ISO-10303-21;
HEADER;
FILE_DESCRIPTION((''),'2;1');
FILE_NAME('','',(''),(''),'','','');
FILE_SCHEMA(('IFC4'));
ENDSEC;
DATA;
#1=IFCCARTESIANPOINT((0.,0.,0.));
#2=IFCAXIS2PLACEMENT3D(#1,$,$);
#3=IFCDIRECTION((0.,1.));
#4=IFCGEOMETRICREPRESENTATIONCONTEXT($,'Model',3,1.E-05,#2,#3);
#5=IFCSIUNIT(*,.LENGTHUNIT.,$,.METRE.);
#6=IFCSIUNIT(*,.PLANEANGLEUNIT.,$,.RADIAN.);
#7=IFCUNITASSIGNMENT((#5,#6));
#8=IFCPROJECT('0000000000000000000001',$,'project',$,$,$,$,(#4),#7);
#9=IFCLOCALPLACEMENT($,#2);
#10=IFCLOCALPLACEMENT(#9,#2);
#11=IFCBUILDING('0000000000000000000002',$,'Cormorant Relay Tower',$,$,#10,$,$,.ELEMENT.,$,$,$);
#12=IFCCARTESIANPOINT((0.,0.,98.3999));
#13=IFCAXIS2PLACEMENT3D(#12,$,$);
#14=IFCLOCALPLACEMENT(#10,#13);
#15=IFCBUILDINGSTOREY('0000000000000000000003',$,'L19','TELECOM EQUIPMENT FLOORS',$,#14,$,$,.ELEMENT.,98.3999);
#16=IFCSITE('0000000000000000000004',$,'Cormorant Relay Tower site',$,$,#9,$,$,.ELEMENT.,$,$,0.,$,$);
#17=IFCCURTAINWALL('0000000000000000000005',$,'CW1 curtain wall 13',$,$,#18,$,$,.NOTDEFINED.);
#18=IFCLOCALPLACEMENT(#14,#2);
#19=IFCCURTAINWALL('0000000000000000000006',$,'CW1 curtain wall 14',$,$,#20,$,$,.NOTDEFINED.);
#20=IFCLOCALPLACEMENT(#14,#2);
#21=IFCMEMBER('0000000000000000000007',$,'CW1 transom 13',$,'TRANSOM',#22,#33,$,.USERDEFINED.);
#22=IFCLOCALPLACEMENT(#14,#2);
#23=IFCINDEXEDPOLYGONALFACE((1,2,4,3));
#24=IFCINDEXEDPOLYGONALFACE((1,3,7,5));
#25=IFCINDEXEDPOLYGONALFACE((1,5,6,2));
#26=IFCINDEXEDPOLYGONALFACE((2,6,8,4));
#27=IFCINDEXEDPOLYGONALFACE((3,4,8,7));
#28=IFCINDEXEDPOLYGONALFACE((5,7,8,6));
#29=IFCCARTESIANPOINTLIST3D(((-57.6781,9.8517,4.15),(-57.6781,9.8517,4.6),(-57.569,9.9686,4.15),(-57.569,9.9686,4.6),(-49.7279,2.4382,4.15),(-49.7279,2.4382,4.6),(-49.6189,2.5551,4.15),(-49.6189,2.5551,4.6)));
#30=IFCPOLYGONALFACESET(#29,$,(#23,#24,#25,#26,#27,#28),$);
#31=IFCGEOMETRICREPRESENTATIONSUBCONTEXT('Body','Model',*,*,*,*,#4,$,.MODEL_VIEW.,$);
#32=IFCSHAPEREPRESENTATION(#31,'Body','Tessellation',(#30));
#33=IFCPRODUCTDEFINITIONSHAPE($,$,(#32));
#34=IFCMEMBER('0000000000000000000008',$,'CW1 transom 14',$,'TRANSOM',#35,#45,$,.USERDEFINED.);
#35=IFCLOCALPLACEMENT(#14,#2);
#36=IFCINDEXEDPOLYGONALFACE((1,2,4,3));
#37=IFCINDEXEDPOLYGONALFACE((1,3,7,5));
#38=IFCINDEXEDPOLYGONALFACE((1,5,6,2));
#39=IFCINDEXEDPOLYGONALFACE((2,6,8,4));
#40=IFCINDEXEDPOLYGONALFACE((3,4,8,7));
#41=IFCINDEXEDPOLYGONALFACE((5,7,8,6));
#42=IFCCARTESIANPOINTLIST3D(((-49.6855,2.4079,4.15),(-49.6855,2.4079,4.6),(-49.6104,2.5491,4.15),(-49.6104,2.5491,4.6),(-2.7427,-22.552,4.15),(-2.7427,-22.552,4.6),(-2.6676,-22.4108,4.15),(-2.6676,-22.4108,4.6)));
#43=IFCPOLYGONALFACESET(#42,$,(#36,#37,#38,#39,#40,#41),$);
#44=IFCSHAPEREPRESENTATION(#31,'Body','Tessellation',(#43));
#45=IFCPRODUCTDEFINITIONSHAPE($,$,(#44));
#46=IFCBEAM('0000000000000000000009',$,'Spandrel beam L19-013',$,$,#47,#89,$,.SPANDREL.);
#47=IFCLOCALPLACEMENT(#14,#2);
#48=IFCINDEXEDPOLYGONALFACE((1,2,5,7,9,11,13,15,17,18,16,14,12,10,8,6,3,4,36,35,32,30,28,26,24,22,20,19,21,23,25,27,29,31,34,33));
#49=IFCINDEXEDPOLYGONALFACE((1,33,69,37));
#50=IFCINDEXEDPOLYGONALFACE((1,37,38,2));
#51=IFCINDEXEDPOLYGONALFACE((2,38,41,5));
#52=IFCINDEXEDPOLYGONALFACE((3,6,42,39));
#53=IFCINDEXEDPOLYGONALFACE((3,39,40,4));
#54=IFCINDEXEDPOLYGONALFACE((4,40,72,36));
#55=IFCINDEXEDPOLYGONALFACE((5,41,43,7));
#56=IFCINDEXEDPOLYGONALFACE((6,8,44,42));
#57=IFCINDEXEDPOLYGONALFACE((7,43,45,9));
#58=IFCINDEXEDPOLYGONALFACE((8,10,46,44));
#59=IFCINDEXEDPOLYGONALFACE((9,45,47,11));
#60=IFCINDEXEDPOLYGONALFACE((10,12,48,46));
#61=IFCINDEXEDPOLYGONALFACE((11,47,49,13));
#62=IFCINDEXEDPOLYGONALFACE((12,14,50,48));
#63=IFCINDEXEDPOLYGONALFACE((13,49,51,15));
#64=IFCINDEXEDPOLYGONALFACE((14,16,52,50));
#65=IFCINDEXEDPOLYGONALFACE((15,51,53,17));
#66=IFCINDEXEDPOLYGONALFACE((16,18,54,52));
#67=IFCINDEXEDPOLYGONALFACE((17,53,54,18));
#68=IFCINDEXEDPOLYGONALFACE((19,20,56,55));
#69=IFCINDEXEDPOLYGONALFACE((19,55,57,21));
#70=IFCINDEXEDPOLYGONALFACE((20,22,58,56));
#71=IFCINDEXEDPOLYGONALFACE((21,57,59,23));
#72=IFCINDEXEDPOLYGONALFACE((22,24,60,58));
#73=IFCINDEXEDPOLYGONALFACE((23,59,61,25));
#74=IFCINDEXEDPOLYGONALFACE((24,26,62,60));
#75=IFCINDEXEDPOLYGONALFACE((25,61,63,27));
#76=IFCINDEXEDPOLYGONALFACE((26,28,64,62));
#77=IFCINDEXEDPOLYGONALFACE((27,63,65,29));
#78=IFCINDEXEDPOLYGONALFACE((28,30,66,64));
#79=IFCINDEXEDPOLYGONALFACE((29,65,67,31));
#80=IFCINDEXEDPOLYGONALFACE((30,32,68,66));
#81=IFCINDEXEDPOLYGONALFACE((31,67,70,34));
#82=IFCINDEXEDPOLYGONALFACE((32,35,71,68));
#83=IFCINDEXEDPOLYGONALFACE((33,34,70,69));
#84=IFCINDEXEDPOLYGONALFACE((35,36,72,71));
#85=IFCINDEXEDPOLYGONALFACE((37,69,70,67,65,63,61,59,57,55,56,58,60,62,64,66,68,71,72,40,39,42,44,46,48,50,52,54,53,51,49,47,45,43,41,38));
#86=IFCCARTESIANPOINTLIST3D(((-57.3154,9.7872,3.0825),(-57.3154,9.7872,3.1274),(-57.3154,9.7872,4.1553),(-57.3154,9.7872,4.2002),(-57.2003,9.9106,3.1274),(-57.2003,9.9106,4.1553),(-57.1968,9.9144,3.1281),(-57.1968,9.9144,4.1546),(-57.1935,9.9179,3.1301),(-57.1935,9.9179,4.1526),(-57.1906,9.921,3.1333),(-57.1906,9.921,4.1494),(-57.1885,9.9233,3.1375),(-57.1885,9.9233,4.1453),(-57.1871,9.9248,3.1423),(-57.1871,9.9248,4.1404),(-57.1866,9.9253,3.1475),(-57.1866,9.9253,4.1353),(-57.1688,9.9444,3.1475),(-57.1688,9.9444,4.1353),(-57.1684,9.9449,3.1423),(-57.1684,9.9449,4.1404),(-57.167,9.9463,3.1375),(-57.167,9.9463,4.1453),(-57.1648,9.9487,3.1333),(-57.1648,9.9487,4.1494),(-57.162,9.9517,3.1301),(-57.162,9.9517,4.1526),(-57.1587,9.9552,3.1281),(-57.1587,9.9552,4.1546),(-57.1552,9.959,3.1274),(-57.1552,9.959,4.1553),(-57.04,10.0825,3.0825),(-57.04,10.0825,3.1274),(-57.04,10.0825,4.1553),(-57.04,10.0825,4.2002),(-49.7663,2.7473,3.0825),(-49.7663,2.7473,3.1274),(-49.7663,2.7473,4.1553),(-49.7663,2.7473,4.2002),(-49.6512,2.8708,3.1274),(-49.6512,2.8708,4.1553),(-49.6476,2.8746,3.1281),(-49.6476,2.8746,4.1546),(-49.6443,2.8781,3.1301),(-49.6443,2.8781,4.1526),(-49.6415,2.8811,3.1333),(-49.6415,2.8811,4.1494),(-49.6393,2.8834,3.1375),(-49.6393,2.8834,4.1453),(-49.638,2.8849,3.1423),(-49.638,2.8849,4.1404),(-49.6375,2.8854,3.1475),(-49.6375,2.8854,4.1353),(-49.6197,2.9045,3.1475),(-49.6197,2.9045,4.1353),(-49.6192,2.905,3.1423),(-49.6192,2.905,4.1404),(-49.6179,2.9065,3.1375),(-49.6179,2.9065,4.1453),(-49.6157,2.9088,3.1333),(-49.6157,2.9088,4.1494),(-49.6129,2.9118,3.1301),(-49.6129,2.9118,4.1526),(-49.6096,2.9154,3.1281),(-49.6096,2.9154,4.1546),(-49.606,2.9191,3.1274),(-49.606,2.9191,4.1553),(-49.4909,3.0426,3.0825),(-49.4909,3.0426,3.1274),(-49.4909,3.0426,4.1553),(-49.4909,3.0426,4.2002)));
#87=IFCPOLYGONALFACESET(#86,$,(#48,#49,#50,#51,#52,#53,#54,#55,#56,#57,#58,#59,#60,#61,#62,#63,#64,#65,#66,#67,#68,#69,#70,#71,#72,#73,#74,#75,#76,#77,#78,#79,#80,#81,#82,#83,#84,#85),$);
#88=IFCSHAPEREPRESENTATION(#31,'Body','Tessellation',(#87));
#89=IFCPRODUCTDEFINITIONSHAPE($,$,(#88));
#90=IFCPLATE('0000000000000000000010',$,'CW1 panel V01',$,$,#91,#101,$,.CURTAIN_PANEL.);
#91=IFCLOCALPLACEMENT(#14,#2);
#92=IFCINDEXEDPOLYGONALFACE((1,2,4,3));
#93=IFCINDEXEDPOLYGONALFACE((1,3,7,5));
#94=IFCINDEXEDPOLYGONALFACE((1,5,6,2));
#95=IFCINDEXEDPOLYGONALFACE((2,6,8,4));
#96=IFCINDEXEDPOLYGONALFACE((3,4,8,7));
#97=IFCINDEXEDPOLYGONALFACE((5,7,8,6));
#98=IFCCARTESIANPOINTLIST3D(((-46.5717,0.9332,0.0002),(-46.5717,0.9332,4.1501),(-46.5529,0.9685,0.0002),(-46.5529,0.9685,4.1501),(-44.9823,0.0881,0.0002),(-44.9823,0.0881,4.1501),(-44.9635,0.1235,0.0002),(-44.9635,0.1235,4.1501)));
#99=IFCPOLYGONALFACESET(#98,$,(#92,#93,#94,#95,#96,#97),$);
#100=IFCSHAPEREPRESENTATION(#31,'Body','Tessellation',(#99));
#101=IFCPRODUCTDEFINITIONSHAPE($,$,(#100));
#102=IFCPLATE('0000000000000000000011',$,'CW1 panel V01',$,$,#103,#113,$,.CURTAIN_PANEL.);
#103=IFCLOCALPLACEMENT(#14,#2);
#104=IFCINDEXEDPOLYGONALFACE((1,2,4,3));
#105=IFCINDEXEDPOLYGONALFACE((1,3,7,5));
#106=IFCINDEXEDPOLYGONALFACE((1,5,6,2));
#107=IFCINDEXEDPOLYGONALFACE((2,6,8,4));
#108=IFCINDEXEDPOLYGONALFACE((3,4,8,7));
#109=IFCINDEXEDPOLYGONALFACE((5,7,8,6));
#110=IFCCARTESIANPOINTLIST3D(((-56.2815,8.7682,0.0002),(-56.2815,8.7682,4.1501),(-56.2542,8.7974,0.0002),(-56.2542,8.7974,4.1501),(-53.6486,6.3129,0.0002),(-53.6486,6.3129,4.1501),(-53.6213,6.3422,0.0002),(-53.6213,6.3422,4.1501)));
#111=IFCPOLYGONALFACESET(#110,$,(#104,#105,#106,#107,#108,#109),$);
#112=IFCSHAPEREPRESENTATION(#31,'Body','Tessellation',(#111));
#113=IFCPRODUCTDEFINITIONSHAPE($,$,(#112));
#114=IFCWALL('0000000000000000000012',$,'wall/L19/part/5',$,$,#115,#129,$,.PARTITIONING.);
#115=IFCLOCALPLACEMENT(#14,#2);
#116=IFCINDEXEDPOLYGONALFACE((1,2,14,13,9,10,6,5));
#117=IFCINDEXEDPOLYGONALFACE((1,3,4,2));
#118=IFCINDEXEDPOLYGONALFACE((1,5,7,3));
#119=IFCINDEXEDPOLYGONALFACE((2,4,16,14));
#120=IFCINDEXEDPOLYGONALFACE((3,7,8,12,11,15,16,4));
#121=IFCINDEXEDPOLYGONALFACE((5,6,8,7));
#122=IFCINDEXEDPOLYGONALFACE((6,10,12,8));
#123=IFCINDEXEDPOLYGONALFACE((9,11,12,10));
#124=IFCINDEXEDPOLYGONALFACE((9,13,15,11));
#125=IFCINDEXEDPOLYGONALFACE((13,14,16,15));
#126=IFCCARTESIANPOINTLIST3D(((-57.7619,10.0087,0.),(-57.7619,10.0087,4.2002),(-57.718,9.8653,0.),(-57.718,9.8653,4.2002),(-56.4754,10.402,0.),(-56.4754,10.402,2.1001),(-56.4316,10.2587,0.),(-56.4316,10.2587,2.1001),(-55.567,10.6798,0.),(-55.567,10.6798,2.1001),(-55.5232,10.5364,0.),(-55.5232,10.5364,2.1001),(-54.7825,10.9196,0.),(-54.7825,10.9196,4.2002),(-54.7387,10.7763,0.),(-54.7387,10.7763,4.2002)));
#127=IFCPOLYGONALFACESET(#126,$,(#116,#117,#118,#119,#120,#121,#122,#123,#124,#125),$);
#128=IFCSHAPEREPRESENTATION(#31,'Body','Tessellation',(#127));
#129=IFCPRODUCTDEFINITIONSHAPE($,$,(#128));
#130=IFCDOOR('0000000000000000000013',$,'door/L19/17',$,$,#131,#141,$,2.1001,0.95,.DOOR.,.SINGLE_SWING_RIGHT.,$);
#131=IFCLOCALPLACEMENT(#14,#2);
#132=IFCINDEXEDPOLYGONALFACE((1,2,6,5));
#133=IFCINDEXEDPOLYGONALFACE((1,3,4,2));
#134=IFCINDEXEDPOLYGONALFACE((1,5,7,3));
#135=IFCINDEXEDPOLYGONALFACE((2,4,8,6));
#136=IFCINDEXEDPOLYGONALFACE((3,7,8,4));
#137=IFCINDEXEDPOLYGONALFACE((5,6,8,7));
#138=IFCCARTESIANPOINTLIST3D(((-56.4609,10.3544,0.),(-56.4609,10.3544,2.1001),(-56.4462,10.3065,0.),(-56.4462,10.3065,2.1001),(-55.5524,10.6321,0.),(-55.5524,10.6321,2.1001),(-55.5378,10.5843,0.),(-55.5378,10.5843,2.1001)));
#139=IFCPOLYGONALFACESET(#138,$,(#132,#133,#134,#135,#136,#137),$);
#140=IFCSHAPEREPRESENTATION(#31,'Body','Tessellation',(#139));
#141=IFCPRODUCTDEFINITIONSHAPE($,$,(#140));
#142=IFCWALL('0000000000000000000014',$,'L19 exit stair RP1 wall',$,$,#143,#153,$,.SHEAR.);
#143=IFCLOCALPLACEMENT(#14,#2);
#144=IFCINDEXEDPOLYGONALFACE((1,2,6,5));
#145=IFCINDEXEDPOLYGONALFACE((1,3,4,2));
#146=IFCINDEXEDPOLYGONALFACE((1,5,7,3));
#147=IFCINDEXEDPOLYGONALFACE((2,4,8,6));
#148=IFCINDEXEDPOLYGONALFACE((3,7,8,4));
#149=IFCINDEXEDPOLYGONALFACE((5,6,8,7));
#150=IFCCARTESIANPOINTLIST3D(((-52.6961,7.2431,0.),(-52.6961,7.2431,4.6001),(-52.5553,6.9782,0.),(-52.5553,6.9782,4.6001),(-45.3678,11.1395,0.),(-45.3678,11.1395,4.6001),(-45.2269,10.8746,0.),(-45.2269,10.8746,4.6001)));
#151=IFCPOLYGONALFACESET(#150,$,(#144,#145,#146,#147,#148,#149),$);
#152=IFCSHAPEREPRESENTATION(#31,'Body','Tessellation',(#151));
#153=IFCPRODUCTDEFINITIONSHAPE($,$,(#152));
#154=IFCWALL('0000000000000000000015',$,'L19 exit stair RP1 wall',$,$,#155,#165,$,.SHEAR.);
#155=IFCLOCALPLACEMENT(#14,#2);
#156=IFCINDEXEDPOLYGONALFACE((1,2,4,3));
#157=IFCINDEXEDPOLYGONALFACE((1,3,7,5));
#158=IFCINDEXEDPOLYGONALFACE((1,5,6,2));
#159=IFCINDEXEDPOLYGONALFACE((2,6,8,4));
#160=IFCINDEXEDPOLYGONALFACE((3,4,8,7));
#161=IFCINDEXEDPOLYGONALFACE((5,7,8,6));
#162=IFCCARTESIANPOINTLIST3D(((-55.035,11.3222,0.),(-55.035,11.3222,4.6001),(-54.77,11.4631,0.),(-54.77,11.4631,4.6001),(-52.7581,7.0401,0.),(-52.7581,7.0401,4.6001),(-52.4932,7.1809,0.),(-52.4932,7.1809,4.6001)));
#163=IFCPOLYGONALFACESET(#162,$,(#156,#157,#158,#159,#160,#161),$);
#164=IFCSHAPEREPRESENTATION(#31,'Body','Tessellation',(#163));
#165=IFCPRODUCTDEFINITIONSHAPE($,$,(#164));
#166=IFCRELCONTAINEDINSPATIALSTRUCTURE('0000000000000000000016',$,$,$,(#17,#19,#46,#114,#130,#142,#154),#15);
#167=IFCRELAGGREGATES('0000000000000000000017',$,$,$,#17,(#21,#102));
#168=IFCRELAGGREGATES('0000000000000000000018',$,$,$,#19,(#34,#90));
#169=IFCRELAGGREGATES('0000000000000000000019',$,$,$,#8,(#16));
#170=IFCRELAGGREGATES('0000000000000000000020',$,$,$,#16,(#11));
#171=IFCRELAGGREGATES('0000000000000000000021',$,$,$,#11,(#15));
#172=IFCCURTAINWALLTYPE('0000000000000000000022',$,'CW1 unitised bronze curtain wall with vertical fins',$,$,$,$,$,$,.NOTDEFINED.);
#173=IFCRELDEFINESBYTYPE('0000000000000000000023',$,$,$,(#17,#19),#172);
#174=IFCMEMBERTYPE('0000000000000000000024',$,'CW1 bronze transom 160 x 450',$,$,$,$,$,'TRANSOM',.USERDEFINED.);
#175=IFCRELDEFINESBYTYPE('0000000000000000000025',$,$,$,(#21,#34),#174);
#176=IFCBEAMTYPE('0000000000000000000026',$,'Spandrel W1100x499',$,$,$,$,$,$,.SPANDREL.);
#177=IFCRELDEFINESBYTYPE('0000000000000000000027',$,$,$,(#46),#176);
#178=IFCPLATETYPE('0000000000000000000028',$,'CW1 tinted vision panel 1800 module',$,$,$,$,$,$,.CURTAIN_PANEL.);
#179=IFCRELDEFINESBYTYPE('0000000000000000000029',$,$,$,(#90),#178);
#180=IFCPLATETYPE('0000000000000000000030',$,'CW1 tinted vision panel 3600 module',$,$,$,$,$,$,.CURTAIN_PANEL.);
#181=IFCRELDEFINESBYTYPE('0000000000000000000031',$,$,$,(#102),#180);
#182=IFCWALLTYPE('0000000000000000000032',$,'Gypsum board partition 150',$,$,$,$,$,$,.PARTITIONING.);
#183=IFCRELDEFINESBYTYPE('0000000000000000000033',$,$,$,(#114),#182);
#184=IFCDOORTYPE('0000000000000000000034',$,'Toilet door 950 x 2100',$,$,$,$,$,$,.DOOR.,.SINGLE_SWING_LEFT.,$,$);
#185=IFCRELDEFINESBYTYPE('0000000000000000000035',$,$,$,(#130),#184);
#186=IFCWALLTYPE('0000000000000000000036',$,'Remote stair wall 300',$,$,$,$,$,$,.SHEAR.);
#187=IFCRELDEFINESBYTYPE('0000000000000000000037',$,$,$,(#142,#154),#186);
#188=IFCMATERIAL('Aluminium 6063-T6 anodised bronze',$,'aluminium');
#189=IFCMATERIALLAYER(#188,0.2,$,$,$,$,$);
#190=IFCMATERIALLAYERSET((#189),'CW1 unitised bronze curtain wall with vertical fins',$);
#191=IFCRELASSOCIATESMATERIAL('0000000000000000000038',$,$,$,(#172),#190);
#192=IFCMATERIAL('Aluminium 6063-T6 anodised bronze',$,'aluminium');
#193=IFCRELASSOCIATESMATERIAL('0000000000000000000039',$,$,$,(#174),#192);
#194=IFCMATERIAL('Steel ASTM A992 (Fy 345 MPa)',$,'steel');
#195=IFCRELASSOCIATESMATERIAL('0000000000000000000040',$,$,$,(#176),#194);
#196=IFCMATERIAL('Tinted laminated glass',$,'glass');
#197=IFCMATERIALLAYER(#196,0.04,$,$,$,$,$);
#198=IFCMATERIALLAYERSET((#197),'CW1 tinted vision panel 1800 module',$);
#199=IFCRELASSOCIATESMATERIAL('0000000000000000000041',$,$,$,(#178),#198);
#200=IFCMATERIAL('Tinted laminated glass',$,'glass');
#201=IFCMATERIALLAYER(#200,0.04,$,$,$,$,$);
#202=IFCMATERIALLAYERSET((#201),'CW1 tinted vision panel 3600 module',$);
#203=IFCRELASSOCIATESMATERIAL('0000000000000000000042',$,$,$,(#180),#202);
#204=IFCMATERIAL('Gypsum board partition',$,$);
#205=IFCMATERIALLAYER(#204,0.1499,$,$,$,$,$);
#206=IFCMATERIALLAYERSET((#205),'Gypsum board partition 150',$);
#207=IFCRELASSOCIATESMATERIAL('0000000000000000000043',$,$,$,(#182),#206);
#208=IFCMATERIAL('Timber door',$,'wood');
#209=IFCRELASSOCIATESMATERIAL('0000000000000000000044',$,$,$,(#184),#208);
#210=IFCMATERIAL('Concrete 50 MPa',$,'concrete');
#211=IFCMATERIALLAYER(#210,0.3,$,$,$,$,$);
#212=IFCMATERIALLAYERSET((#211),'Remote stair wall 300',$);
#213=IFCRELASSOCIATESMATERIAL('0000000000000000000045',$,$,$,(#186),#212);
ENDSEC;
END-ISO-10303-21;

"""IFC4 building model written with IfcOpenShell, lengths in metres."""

from ifc_helpers import new_model, si_unit, direction, frame, frame_2d, origin, origin_2d, place, context, subcontext, project, spatial, rectangle, i_section, extrude, material, layer, layer_set, material_profile, profile_set, type_object, element, fill, aggregate, save


model = new_model("IFC4")

# Units and contexts
model_context = context("Model", 3, precision=1e-05, world=origin(), true_north=direction((0.0, 1.0)))
body_context = subcontext(model_context, "Body", "Model", "MODEL_VIEW")
ifc_project = project(units=[si_unit("LENGTHUNIT", "METRE"), si_unit("PLANEANGLEUNIT", "RADIAN")], contexts=[model_context])

# Site, building, storey
site_placement = place(None, origin())
site = spatial("IfcSite", under=ifc_project, at=site_placement, Name="Cormorant Relay Tower site", CompositionType="ELEMENT", RefElevation=0.0)
building_placement = place(site_placement, origin())
building = spatial("IfcBuilding", under=site, at=building_placement, Name="Cormorant Relay Tower", CompositionType="ELEMENT")
storey_placement = place(building_placement, frame((0.0, 0.0, 98.3999)))
storey = spatial("IfcBuildingStorey", under=building, at=storey_placement, Name="L19", Description="TELECOM EQUIPMENT FLOORS", CompositionType="ELEMENT", Elevation=98.3999)

# Curtain wall
ifc_material_1 = material(Name="Aluminium 6063-T6 anodised bronze", Category="aluminium")
ifc_layer_1 = layer(ifc_material_1, 0.2)
ifc_layer_set_1 = layer_set([ifc_layer_1], Name="CW1 unitised bronze curtain wall with vertical fins")
curtain_wall_type = type_object("IfcCurtainWallType", Name="CW1 unitised bronze curtain wall with vertical fins", PredefinedType="NOTDEFINED", material=ifc_layer_set_1)
curtain_wall_1_placement = place(storey_placement, origin())
curtain_wall_1 = element("IfcCurtainWall", 1, at=curtain_wall_1_placement, inside=storey, type_object=curtain_wall_type, Name="CW1 curtain wall 13", PredefinedType="NOTDEFINED")

# Curtain wall
curtain_wall_2_placement = place(storey_placement, origin())
curtain_wall_2 = element("IfcCurtainWall", 2, at=curtain_wall_2_placement, inside=storey, type_object=curtain_wall_type, Name="CW1 curtain wall 14", PredefinedType="NOTDEFINED")

# Members
ifc_material_2 = material(Name="Aluminium 6063-T6 anodised bronze", Category="aluminium")
ifc_material_profile_1 = material_profile(ifc_material_2, rectangle(XDim=0.1599, YDim=0.45, at=origin_2d()), Name="AL 160x450")
ifc_profile_set_1 = profile_set([ifc_material_profile_1], Name="Aluminium 6063-T6 anodised bronze")
member_type_1 = type_object("IfcMemberType", Name="CW1 bronze transom 160 x 450", ElementType="TRANSOM", PredefinedType="USERDEFINED", material=ifc_profile_set_1)
member_1_placement = place(storey_placement, frame((-57.6235, 9.9102, 4.375), z_axis=(0.731358, -0.681993, 0.0), x_axis=(0.681993, 0.731358, 0.0)))
member_1 = element("IfcMember", 3, at=member_1_placement, type_object=member_type_1, Name="CW1 transom 13", ObjectType="TRANSOM", PredefinedType="USERDEFINED", context=body_context, shape_type="SweptSolid", body=[
    extrude(rectangle(XDim=0.1599, YDim=0.45, at=origin_2d()), origin(), (0.0, 0.0, 1.0), 10.8704),
])
member_2_placement = place(storey_placement, frame((-49.6479, 2.4785, 4.375), z_axis=(0.882948, -0.469471, 0.0), x_axis=(0.469471, 0.882948, 0.0)))
member_2 = element("IfcMember", 4, at=member_2_placement, type_object=member_type_1, Name="CW1 transom 14", ObjectType="TRANSOM", PredefinedType="USERDEFINED", context=body_context, shape_type="SweptSolid", body=[
    extrude(rectangle(XDim=0.1599, YDim=0.45, at=origin_2d()), origin(), (0.0, 0.0, 1.0), 53.166),
])

# Beam
ifc_material_3 = material(Name="Steel ASTM A992 (Fy 345 MPa)", Category="steel")
ifc_material_profile_2 = material_profile(ifc_material_3, i_section(OverallWidth=0.4038, OverallDepth=1.1177, WebThickness=0.0261, FlangeThickness=0.0449, FilletRadius=0.02, at=origin_2d()), Name="W1100x499")
ifc_profile_set_2 = profile_set([ifc_material_profile_2], Name="Steel ASTM A992 (Fy 345 MPa)")
beam_type = type_object("IfcBeamType", Name="Spandrel W1100x499", PredefinedType="SPANDREL", material=ifc_profile_set_2)
beam_placement = place(storey_placement, frame((-57.1777, 9.9348, 3.6414), z_axis=(0.731345, -0.682007, 0.0), x_axis=(0.682007, 0.731345, 0.0)))
element("IfcBeam", 5, at=beam_placement, inside=storey, type_object=beam_type, Name="Spandrel beam L19-013", PredefinedType="SPANDREL", context=body_context, shape_type="SweptSolid", body=[
    extrude(i_section(OverallWidth=0.4038, OverallDepth=1.1177, WebThickness=0.0261, FlangeThickness=0.0449, FilletRadius=0.02, at=origin_2d()), origin(), (0.0, 0.0, 1.0), 10.3223),
])

# Plates
ifc_material_4 = material(Name="Tinted laminated glass", Category="glass")
ifc_layer_2 = layer(ifc_material_4, 0.04)
ifc_layer_set_2 = layer_set([ifc_layer_2], Name="CW1 tinted vision panel 1800 module")
plate_type_1 = type_object("IfcPlateType", Name="CW1 tinted vision panel 1800 module", PredefinedType="CURTAIN_PANEL", material=ifc_layer_set_2)
plate_1_placement = place(storey_placement, frame((-45.7676, 0.5283, 0.0002), z_axis=(0.0, 0.0, 1.0), x_axis=(0.882948, -0.469472, 0.0)))
plate_1 = element("IfcPlate", 6, at=plate_1_placement, type_object=plate_type_1, Name="CW1 panel V01", PredefinedType="CURTAIN_PANEL", context=body_context, shape_type="SweptSolid", body=[
    extrude(rectangle(XDim=1.8, YDim=0.04, at=origin_2d()), origin(), (0.0, 0.0, 1.0), 4.1499),
])
ifc_material_5 = material(Name="Tinted laminated glass", Category="glass")
ifc_layer_3 = layer(ifc_material_5, 0.04)
ifc_layer_set_3 = layer_set([ifc_layer_3], Name="CW1 tinted vision panel 3600 module")
plate_type_2 = type_object("IfcPlateType", Name="CW1 tinted vision panel 3600 module", PredefinedType="CURTAIN_PANEL", material=ifc_layer_set_3)
plate_2_placement = place(storey_placement, frame((-54.9514, 7.5552, 0.0002), z_axis=(0.0, 0.0, 1.0), x_axis=(0.731354, -0.681998, 0.0)))
plate_2 = element("IfcPlate", 7, at=plate_2_placement, type_object=plate_type_2, Name="CW1 panel V01", PredefinedType="CURTAIN_PANEL", context=body_context, shape_type="SweptSolid", body=[
    extrude(rectangle(XDim=3.6001, YDim=0.04, at=origin_2d()), origin(), (0.0, 0.0, 1.0), 4.1499),
])

# Wall, opening, door
ifc_material_6 = material(Name="Gypsum board partition")
ifc_layer_4 = layer(ifc_material_6, 0.1499)
ifc_layer_set_4 = layer_set([ifc_layer_4], Name="Gypsum board partition 150")
wall_type_1 = type_object("IfcWallType", Name="Gypsum board partition 150", PredefinedType="PARTITIONING", material=ifc_layer_set_4)
wall_1_placement = place(storey_placement, frame((-54.7607, 10.8479, 0.0), z_axis=(0.0, 0.0, 1.0), x_axis=(-0.956301, -0.292384, 0.0)))
wall_1 = element("IfcWall", 8, at=wall_1_placement, inside=storey, type_object=wall_type_1, Name="wall/L19/part/5", PredefinedType="PARTITIONING", context=body_context, shape_type="SweptSolid", body=[
    extrude(rectangle(XDim=3.1155, YDim=0.1499, at=frame_2d((1.5576, 0.0))), origin(), (0.0, 0.0, 1.0), 4.2002),
])
opening_1_placement = place(wall_1_placement, frame((0.8201, 0.0, 0.0)))
opening_1 = element("IfcOpeningElement", 9, at=opening_1_placement, cuts=wall_1, PredefinedType="OPENING", context=body_context, shape_type="SweptSolid", body=[
    extrude(rectangle(XDim=0.95, YDim=2.1001, at=frame_2d((0.4751, 1.05))), frame((0.0, 0.085, 0.0), z_axis=(0.0, -1.0, 0.0), x_axis=(1.0, 0.0, 0.0)), (0.0, 0.0, 1.0), 0.1699),
])
ifc_material_7 = material(Name="Timber door", Category="wood")
door_type_1 = type_object("IfcDoorType", Name="Toilet door 950 x 2100", OperationType="SINGLE_SWING_LEFT", PredefinedType="DOOR", material=ifc_material_7)
door_1_placement = place(opening_1_placement, origin())
door_1 = element("IfcDoor", 10, at=door_1_placement, inside=storey, type_object=door_type_1, Name="door/L19/17", OperationType="SINGLE_SWING_RIGHT", OverallHeight=2.1001, OverallWidth=0.95, PredefinedType="DOOR", context=body_context, shape_type="SweptSolid", body=[
    extrude(rectangle(XDim=0.95, YDim=2.1001, at=frame_2d((0.4751, 1.05))), frame((0.0, 0.0249, 0.0), z_axis=(0.0, -1.0, 0.0), x_axis=(1.0, 0.0, 0.0)), (0.0, 0.0, 1.0), 0.05),
])
fill(opening_1, door_1)

# Walls
ifc_material_8 = material(Name="Concrete 50 MPa", Category="concrete")
ifc_layer_5 = layer(ifc_material_8, 0.3)
ifc_layer_set_5 = layer_set([ifc_layer_5], Name="Remote stair wall 300")
wall_type_2 = type_object("IfcWallType", Name="Remote stair wall 300", PredefinedType="SHEAR", material=ifc_layer_set_5)
wall_2_placement = place(storey_placement, frame((-45.2974, 11.0071, 0.0), z_axis=(0.0, 0.0, 1.0), x_axis=(-0.882952, -0.469464, 0.0)))
element("IfcWall", 11, at=wall_2_placement, inside=storey, type_object=wall_type_2, Name="L19 exit stair RP1 wall", PredefinedType="SHEAR", context=body_context, shape_type="SweptSolid", body=[
    extrude(rectangle(XDim=8.2998, YDim=0.3, at=frame_2d((4.1499, 0.0))), origin(), (0.0, 0.0, 1.0), 4.6001),
])
wall_3_placement = place(storey_placement, frame((-52.6257, 7.1106, 0.0), z_axis=(0.0, 0.0, 1.0), x_axis=(-0.469464, 0.882951, 0.0)))
element("IfcWall", 12, at=wall_3_placement, inside=storey, type_object=wall_type_2, Name="L19 exit stair RP1 wall", PredefinedType="SHEAR", context=body_context, shape_type="SweptSolid", body=[
    extrude(rectangle(XDim=4.8499, YDim=0.3, at=frame_2d((2.4248, 0.0))), origin(), (0.0, 0.0, 1.0), 4.6001),
])

aggregate(curtain_wall_1, [member_1, plate_2])
aggregate(curtain_wall_2, [member_2, plate_1])

save(model, "model.ifc")
